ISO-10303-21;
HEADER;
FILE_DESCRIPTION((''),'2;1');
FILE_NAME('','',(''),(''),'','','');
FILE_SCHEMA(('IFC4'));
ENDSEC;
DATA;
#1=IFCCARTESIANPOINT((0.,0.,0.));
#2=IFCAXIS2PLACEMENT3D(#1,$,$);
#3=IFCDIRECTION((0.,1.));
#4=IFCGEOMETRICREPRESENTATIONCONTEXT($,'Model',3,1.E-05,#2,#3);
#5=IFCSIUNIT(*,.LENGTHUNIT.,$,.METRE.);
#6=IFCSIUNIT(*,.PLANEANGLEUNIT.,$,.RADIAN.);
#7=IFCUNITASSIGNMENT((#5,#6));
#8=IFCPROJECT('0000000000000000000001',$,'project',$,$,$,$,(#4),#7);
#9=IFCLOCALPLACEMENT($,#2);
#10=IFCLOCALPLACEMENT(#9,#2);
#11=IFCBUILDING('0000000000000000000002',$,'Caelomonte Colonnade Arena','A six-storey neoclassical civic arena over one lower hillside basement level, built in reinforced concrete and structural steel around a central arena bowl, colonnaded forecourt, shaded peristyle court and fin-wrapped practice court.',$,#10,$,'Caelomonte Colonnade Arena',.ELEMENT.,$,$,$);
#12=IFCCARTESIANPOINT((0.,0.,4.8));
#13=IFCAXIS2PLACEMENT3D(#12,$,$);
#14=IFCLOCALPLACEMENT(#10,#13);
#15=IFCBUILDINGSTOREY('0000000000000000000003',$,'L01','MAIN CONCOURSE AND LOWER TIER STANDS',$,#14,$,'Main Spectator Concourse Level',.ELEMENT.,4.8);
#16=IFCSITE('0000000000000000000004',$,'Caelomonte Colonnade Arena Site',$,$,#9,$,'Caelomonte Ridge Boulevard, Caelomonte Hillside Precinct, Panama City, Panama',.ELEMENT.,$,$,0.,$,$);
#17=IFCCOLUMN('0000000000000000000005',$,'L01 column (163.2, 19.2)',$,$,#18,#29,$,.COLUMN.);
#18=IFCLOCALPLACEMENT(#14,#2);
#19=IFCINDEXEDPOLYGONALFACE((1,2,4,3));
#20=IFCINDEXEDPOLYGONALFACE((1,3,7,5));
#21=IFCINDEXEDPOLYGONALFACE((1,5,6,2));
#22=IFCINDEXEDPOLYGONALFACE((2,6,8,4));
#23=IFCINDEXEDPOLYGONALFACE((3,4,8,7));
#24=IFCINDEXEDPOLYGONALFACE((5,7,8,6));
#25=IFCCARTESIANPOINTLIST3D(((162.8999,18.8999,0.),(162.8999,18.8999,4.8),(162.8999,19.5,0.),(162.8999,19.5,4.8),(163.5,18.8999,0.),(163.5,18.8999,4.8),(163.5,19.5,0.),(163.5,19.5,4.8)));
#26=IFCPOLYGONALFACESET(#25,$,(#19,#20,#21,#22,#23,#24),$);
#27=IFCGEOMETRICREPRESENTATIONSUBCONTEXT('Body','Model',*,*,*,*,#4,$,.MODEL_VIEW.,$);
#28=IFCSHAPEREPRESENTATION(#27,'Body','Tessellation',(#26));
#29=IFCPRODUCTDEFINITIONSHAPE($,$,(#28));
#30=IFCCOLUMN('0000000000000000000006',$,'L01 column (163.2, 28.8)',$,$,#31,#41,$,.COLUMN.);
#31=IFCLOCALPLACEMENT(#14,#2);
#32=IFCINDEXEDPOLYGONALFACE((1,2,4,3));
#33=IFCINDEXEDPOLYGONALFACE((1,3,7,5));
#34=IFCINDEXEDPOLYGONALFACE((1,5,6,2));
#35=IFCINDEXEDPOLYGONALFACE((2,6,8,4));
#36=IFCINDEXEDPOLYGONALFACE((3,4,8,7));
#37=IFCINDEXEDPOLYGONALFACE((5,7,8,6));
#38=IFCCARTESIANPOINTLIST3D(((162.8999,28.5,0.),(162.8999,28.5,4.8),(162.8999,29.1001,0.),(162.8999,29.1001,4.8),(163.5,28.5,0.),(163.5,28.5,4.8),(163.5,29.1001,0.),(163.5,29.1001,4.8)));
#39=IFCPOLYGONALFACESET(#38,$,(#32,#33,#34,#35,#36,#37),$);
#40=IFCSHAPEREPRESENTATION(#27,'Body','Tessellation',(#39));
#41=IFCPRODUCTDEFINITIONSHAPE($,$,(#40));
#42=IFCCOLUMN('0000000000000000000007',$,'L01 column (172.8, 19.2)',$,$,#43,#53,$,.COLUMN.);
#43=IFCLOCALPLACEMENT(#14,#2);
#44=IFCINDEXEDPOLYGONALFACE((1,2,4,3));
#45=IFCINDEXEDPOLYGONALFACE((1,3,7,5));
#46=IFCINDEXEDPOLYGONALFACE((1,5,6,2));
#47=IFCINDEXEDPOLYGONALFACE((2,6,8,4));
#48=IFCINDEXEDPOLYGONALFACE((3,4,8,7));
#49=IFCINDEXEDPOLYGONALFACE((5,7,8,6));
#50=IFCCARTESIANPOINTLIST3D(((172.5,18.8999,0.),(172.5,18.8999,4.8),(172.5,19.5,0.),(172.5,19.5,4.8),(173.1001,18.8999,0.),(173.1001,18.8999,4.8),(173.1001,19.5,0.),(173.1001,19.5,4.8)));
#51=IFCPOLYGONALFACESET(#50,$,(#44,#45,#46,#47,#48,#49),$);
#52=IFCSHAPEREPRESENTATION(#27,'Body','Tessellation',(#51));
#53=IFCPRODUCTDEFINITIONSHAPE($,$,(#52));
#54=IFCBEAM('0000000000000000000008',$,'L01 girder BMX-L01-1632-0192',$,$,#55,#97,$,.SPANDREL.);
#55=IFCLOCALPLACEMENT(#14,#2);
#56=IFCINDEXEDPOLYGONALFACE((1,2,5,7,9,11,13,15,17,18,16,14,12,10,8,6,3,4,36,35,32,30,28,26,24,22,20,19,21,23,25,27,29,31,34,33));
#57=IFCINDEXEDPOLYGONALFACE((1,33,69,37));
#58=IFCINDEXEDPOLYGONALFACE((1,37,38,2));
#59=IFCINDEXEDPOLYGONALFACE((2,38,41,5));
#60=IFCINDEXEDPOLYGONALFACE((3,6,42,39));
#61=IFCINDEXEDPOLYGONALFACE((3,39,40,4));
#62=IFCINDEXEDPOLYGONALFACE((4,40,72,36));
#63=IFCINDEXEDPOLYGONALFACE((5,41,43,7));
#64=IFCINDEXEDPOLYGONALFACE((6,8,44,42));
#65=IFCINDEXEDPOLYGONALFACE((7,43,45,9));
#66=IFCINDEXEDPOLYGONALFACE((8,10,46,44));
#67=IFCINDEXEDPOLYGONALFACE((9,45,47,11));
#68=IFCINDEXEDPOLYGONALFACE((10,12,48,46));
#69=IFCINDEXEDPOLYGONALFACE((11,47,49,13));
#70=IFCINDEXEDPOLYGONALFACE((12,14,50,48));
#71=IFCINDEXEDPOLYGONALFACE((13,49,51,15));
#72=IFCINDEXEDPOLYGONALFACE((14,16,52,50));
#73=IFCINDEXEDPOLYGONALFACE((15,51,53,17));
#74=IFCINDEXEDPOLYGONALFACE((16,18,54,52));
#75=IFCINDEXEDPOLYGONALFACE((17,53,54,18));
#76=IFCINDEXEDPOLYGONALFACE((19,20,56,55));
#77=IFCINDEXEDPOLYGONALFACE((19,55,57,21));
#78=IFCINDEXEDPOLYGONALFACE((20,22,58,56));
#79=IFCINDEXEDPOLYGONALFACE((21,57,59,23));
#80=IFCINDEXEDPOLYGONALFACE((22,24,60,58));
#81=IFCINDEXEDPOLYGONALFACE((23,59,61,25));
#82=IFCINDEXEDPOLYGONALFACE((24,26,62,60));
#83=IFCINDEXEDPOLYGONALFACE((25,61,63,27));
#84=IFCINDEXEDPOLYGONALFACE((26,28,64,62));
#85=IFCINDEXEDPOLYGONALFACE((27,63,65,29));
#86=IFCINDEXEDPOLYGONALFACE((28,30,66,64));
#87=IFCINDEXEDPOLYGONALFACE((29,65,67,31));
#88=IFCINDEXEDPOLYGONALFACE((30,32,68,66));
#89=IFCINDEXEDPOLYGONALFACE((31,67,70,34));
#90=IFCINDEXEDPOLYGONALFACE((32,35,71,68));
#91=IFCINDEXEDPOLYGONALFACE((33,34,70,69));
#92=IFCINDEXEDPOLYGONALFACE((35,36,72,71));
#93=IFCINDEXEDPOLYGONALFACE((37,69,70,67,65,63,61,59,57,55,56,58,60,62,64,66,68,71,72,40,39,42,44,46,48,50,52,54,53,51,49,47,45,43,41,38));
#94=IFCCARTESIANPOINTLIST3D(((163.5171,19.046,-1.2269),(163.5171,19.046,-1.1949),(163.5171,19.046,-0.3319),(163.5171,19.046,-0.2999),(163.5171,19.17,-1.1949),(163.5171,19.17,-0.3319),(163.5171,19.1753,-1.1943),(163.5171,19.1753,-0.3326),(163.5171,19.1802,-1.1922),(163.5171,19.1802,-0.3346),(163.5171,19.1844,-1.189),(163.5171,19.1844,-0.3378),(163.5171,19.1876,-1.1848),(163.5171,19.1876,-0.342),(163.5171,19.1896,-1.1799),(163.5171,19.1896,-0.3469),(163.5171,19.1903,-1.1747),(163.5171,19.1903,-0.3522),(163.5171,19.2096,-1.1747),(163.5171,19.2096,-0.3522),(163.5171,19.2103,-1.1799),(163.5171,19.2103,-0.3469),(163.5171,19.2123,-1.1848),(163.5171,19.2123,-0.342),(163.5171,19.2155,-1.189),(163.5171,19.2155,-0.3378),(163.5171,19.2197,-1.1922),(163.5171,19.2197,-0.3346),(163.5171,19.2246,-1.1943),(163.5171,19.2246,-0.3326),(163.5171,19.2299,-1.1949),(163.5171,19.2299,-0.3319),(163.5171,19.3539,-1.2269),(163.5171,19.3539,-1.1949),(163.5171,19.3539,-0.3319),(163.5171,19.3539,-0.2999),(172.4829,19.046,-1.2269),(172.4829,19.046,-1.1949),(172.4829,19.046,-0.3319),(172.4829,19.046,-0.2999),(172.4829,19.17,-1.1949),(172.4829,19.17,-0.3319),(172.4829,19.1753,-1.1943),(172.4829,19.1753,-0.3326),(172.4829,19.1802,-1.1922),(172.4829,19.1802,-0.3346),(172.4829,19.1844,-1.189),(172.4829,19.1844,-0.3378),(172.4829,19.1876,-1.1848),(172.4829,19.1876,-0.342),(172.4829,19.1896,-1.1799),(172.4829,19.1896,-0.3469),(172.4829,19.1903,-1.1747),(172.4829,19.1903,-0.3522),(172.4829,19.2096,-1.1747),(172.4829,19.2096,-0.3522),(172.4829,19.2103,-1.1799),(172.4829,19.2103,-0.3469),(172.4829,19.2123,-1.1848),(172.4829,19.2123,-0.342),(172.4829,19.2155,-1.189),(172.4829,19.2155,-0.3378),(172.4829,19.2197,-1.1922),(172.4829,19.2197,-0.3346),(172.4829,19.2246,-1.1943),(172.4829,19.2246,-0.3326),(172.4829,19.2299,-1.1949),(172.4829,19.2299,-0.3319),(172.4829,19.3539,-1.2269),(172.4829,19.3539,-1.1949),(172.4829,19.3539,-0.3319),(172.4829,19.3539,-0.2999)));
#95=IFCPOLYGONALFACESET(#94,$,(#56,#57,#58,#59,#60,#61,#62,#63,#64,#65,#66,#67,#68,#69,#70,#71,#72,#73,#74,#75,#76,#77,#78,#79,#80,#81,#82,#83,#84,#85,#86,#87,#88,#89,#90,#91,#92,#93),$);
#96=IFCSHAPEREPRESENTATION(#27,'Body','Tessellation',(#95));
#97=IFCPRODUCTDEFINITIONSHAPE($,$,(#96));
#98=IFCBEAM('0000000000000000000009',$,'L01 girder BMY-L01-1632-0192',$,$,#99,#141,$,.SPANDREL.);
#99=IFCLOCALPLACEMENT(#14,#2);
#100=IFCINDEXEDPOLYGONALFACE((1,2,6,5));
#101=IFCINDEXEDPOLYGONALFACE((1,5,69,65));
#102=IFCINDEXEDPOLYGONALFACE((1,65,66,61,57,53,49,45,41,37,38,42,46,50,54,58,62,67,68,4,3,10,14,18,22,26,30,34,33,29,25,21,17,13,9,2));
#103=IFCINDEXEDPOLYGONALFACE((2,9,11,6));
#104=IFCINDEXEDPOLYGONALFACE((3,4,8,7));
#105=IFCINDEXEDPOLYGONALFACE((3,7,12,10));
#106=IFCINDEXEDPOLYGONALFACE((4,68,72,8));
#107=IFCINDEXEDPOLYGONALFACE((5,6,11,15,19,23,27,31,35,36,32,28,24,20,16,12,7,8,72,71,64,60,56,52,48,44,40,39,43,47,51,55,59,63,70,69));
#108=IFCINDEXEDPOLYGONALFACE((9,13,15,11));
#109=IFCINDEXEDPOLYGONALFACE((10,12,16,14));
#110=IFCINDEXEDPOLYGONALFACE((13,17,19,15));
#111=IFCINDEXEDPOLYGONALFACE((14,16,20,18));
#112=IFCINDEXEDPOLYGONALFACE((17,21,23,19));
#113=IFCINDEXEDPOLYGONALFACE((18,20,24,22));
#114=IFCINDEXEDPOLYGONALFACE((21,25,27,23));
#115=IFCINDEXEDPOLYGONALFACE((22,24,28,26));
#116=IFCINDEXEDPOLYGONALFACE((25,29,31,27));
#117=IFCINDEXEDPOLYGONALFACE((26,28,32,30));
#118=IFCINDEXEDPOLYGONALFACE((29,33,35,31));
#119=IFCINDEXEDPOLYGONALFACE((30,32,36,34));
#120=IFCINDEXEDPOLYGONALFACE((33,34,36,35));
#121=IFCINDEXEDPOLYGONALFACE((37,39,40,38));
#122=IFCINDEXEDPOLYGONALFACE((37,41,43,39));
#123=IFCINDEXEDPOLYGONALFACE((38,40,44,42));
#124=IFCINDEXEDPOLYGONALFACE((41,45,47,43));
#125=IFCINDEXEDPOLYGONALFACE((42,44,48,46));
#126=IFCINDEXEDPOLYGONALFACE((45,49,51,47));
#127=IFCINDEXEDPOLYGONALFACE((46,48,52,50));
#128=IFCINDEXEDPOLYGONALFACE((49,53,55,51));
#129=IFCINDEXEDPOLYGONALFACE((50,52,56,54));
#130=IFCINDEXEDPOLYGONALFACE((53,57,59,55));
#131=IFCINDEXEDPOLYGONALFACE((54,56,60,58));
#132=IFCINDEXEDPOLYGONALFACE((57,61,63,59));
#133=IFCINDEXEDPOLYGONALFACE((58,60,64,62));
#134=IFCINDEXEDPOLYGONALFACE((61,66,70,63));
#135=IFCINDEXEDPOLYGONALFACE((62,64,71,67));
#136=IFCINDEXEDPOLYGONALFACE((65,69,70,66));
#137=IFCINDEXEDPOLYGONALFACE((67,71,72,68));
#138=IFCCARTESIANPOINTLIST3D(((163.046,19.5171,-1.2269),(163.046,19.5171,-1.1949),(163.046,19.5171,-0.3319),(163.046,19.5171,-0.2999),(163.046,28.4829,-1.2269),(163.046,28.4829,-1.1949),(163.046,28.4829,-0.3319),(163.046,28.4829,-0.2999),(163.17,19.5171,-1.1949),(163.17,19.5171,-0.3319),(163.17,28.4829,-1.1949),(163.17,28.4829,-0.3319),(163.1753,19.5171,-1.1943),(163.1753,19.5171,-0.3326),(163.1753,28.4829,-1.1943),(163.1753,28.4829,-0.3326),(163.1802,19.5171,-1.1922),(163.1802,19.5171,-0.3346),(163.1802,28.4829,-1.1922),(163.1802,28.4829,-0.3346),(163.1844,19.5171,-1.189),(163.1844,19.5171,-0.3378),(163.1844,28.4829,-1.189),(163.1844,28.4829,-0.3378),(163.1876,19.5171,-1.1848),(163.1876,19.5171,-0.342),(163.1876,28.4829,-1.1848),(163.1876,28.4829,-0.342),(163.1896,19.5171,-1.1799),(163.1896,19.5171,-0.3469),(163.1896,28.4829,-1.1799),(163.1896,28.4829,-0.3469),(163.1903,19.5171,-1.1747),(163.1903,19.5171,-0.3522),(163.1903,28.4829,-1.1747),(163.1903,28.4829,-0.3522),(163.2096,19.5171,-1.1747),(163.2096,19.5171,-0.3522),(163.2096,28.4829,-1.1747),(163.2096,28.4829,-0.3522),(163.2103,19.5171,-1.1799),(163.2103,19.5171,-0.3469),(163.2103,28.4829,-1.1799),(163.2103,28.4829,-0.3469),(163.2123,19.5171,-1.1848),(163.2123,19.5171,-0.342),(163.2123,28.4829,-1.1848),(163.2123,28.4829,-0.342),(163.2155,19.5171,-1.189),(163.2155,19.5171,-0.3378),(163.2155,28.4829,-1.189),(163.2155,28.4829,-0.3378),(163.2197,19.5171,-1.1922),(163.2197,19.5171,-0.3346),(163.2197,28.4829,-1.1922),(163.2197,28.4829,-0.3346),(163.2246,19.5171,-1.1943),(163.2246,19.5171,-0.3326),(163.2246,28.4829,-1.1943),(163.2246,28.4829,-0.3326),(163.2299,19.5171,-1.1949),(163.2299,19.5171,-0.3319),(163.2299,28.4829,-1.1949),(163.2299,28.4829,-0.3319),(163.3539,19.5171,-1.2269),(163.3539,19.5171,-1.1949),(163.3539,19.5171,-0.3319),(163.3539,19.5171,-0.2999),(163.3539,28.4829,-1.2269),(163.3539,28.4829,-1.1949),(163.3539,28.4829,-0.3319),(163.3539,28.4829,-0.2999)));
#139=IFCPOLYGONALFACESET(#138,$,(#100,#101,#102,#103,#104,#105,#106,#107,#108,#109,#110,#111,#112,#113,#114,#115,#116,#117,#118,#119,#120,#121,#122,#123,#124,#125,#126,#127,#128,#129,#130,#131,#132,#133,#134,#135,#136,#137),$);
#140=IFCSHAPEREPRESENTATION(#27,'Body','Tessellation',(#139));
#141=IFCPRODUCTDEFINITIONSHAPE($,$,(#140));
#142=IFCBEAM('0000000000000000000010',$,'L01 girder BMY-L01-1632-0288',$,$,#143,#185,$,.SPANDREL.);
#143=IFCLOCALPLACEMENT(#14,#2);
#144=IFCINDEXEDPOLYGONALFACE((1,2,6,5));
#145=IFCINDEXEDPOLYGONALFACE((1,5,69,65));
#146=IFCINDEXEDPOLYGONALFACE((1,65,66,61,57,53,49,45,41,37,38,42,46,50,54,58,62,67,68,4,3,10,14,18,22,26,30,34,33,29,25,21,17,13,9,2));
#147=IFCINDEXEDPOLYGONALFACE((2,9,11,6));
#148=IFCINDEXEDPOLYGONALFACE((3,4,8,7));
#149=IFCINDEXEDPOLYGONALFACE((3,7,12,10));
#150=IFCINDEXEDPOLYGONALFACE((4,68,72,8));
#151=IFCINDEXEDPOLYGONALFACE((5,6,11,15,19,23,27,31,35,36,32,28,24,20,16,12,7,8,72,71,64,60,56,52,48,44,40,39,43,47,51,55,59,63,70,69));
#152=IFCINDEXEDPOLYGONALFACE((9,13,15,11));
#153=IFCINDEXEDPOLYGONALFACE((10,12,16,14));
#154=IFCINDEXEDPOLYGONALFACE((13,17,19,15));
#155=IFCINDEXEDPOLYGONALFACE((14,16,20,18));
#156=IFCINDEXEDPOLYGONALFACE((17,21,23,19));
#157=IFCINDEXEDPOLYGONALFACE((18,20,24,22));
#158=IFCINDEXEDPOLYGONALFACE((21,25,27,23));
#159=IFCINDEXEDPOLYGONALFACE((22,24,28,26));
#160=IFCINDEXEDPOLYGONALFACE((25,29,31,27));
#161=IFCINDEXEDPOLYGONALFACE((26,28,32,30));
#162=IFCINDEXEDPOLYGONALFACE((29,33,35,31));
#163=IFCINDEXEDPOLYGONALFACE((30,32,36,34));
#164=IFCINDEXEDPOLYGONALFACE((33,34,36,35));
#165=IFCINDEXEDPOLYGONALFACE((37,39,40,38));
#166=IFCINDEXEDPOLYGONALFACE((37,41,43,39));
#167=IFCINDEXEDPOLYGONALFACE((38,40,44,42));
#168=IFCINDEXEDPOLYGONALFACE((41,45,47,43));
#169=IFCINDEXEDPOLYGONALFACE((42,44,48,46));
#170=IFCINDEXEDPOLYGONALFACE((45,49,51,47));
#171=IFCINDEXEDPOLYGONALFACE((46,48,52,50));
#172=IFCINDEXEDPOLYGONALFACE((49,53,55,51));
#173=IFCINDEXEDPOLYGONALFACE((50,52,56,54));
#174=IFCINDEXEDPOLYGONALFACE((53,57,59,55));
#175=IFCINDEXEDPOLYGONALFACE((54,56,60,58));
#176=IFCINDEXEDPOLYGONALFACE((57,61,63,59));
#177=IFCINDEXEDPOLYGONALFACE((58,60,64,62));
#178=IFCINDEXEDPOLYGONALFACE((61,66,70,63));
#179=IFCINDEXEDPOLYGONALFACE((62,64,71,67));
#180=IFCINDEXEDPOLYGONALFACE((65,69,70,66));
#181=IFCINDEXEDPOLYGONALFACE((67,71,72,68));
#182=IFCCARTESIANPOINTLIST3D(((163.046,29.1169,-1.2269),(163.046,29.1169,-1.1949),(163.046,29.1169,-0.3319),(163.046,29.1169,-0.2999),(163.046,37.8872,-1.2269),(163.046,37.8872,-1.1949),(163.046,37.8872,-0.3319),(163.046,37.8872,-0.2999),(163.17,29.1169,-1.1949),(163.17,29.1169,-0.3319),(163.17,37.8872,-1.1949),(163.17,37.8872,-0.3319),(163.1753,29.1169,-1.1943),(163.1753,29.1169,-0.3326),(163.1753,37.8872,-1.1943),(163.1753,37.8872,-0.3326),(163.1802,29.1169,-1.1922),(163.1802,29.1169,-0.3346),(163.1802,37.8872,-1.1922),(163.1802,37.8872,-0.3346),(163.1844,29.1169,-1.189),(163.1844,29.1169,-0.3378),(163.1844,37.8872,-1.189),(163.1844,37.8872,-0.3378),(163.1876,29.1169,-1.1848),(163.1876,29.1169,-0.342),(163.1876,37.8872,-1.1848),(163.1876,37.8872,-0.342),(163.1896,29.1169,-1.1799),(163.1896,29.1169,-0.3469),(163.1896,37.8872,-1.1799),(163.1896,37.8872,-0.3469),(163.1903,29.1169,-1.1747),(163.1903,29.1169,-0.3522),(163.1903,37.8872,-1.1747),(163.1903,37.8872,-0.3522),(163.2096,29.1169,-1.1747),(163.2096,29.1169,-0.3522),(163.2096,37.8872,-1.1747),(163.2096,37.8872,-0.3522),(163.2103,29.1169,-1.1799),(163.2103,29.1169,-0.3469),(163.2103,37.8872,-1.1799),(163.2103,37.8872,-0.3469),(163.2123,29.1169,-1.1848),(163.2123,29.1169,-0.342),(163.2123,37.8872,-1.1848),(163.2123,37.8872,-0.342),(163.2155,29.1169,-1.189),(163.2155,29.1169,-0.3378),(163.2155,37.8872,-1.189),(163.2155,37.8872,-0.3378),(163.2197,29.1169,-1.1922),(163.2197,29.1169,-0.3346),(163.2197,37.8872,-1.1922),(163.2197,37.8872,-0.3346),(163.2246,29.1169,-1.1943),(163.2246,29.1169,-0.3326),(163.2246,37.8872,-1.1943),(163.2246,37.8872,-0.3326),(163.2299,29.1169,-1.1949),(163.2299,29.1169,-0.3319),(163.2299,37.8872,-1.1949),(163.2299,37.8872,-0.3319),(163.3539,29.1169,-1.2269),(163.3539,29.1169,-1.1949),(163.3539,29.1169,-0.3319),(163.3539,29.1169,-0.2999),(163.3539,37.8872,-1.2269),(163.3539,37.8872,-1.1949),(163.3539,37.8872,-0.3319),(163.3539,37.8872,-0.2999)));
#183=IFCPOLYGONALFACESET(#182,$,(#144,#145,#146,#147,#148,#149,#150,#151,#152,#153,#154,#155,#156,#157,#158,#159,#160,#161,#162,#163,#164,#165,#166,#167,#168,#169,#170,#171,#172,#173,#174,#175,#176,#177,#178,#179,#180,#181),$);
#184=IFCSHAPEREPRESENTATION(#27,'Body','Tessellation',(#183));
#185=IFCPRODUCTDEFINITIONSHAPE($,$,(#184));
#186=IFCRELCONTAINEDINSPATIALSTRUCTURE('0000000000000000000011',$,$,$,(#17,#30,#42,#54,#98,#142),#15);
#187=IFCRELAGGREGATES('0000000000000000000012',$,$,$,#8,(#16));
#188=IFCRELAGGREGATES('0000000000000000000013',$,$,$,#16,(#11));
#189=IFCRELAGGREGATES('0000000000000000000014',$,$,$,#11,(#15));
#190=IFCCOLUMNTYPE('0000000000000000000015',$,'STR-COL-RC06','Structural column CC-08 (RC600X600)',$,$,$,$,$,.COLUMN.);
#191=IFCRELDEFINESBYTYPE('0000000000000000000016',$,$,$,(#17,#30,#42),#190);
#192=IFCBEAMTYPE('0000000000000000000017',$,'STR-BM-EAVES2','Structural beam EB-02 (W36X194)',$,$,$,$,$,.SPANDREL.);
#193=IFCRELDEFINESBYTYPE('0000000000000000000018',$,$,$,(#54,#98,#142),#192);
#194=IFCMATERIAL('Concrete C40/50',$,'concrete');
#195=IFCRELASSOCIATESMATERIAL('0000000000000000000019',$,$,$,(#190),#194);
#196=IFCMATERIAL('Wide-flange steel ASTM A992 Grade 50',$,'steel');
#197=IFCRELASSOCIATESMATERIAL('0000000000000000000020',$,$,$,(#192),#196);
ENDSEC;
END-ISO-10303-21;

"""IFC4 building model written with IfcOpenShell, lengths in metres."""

from ifc_helpers import new_model, si_unit, direction, frame, origin, origin_2d, place, context, subcontext, project, spatial, rectangle, i_section, extrude, material, material_profile, profile_set, type_object, element, save


model = new_model("IFC4")

# Units and contexts
model_context = context("Model", 3, precision=1e-05, world=origin(), true_north=direction((0.0, 1.0)))
body_context = subcontext(model_context, "Body", "Model", "MODEL_VIEW")
ifc_project = project(units=[si_unit("LENGTHUNIT", "METRE"), si_unit("PLANEANGLEUNIT", "RADIAN")], contexts=[model_context])

# Site, building, storey
site_placement = place(None, origin())
site = spatial("IfcSite", under=ifc_project, at=site_placement, Name="Caelomonte Colonnade Arena Site", LongName="Caelomonte Ridge Boulevard, Caelomonte Hillside Precinct, Panama City, Panama", CompositionType="ELEMENT", RefElevation=0.0)
building_placement = place(site_placement, origin())
building = spatial("IfcBuilding", under=site, at=building_placement, Name="Caelomonte Colonnade Arena", Description="A six-storey neoclassical civic arena over one lower hillside basement level, built in reinforced concrete and structural steel around a central arena bowl, colonnaded forecourt, shaded peristyle court and fin-wrapped practice court.", LongName="Caelomonte Colonnade Arena", CompositionType="ELEMENT")
storey_placement = place(building_placement, frame((0.0, 0.0, 4.8)))
storey = spatial("IfcBuildingStorey", under=building, at=storey_placement, Name="L01", Description="MAIN CONCOURSE AND LOWER TIER STANDS", LongName="Main Spectator Concourse Level", CompositionType="ELEMENT", Elevation=4.8)

# Columns
ifc_material_1 = material(Name="Concrete C40/50", Category="concrete")
ifc_material_profile_1 = material_profile(ifc_material_1, rectangle(XDim=0.6001, YDim=0.6001, at=origin_2d()), Name="RC600X600")
ifc_profile_set_1 = profile_set([ifc_material_profile_1], Name="Concrete C40/50")
column_type = type_object("IfcColumnType", Name="STR-COL-RC06", Description="Structural column CC-08 (RC600X600)", PredefinedType="COLUMN", material=ifc_profile_set_1)
for number, where, z_axis, x_axis, name in (
    (1, (163.2, 19.2, 0.0), (0.0, 0.0, 1.0), (1.0, 0.0, 0.0), "L01 column (163.2, 19.2)"),
    (2, (163.2, 28.8, 0.0), (0.0, 0.0, 1.0), (1.0, 0.0, 0.0), "L01 column (163.2, 28.8)"),
    (3, (172.8, 19.2, 0.0), (0.0, 0.0, 1.0), (1.0, 0.0, 0.0), "L01 column (172.8, 19.2)"),
):
    element("IfcColumn", number, at=place(storey_placement, frame(where, z_axis=z_axis, x_axis=x_axis)), inside=storey, type_object=column_type, Name=name, PredefinedType="COLUMN", context=body_context, shape_type="SweptSolid", body=[
        extrude(rectangle(XDim=0.6001, YDim=0.6001, at=origin_2d()), origin(), (0.0, 0.0, 1.0), 4.8),
    ])

# Beams
ifc_material_2 = material(Name="Wide-flange steel ASTM A992 Grade 50", Category="steel")
ifc_material_profile_2 = material_profile(ifc_material_2, i_section(OverallWidth=0.3079, OverallDepth=0.927, WebThickness=0.0193, FlangeThickness=0.032, FilletRadius=0.0203, at=origin_2d()), Name="W36X194")
ifc_profile_set_2 = profile_set([ifc_material_profile_2], Name="Wide-flange steel ASTM A992 Grade 50")
beam_type_1 = type_object("IfcBeamType", Name="STR-BM-EAVES2", Description="Structural beam EB-02 (W36X194)", PredefinedType="SPANDREL", material=ifc_profile_set_2)
for number, where, z_axis, x_axis, name in (
    (4, (163.5171, 19.2, -0.7634), (1.0, 0.0, 0.0), (0.0, 1.0, 0.0), "L01 girder BMX-L01-1632-0192"),
    (5, (163.2, 19.5171, -0.7634), (0.0, 1.0, 0.0), (-1.0, 0.0, 0.0), "L01 girder BMY-L01-1632-0192"),
):
    element("IfcBeam", number, at=place(storey_placement, frame(where, z_axis=z_axis, x_axis=x_axis)), inside=storey, type_object=beam_type_1, Name=name, PredefinedType="SPANDREL", context=body_context, shape_type="SweptSolid", body=[
        extrude(i_section(OverallWidth=0.3079, OverallDepth=0.927, WebThickness=0.0193, FlangeThickness=0.032, FilletRadius=0.0203, at=origin_2d()), origin(), (0.0, 0.0, 1.0), 8.9658),
    ])
beam_1_placement = place(storey_placement, frame((163.2, 29.1169, -0.7634), z_axis=(0.0, 1.0, 0.0), x_axis=(-1.0, 0.0, 0.0)))
element("IfcBeam", 6, at=beam_1_placement, inside=storey, type_object=beam_type_1, Name="L01 girder BMY-L01-1632-0288", PredefinedType="SPANDREL", context=body_context, shape_type="SweptSolid", body=[
    extrude(i_section(OverallWidth=0.3079, OverallDepth=0.927, WebThickness=0.0193, FlangeThickness=0.032, FilletRadius=0.0203, at=origin_2d()), origin(), (0.0, 0.0, 1.0), 8.7703),
])

save(model, "model.ifc")
